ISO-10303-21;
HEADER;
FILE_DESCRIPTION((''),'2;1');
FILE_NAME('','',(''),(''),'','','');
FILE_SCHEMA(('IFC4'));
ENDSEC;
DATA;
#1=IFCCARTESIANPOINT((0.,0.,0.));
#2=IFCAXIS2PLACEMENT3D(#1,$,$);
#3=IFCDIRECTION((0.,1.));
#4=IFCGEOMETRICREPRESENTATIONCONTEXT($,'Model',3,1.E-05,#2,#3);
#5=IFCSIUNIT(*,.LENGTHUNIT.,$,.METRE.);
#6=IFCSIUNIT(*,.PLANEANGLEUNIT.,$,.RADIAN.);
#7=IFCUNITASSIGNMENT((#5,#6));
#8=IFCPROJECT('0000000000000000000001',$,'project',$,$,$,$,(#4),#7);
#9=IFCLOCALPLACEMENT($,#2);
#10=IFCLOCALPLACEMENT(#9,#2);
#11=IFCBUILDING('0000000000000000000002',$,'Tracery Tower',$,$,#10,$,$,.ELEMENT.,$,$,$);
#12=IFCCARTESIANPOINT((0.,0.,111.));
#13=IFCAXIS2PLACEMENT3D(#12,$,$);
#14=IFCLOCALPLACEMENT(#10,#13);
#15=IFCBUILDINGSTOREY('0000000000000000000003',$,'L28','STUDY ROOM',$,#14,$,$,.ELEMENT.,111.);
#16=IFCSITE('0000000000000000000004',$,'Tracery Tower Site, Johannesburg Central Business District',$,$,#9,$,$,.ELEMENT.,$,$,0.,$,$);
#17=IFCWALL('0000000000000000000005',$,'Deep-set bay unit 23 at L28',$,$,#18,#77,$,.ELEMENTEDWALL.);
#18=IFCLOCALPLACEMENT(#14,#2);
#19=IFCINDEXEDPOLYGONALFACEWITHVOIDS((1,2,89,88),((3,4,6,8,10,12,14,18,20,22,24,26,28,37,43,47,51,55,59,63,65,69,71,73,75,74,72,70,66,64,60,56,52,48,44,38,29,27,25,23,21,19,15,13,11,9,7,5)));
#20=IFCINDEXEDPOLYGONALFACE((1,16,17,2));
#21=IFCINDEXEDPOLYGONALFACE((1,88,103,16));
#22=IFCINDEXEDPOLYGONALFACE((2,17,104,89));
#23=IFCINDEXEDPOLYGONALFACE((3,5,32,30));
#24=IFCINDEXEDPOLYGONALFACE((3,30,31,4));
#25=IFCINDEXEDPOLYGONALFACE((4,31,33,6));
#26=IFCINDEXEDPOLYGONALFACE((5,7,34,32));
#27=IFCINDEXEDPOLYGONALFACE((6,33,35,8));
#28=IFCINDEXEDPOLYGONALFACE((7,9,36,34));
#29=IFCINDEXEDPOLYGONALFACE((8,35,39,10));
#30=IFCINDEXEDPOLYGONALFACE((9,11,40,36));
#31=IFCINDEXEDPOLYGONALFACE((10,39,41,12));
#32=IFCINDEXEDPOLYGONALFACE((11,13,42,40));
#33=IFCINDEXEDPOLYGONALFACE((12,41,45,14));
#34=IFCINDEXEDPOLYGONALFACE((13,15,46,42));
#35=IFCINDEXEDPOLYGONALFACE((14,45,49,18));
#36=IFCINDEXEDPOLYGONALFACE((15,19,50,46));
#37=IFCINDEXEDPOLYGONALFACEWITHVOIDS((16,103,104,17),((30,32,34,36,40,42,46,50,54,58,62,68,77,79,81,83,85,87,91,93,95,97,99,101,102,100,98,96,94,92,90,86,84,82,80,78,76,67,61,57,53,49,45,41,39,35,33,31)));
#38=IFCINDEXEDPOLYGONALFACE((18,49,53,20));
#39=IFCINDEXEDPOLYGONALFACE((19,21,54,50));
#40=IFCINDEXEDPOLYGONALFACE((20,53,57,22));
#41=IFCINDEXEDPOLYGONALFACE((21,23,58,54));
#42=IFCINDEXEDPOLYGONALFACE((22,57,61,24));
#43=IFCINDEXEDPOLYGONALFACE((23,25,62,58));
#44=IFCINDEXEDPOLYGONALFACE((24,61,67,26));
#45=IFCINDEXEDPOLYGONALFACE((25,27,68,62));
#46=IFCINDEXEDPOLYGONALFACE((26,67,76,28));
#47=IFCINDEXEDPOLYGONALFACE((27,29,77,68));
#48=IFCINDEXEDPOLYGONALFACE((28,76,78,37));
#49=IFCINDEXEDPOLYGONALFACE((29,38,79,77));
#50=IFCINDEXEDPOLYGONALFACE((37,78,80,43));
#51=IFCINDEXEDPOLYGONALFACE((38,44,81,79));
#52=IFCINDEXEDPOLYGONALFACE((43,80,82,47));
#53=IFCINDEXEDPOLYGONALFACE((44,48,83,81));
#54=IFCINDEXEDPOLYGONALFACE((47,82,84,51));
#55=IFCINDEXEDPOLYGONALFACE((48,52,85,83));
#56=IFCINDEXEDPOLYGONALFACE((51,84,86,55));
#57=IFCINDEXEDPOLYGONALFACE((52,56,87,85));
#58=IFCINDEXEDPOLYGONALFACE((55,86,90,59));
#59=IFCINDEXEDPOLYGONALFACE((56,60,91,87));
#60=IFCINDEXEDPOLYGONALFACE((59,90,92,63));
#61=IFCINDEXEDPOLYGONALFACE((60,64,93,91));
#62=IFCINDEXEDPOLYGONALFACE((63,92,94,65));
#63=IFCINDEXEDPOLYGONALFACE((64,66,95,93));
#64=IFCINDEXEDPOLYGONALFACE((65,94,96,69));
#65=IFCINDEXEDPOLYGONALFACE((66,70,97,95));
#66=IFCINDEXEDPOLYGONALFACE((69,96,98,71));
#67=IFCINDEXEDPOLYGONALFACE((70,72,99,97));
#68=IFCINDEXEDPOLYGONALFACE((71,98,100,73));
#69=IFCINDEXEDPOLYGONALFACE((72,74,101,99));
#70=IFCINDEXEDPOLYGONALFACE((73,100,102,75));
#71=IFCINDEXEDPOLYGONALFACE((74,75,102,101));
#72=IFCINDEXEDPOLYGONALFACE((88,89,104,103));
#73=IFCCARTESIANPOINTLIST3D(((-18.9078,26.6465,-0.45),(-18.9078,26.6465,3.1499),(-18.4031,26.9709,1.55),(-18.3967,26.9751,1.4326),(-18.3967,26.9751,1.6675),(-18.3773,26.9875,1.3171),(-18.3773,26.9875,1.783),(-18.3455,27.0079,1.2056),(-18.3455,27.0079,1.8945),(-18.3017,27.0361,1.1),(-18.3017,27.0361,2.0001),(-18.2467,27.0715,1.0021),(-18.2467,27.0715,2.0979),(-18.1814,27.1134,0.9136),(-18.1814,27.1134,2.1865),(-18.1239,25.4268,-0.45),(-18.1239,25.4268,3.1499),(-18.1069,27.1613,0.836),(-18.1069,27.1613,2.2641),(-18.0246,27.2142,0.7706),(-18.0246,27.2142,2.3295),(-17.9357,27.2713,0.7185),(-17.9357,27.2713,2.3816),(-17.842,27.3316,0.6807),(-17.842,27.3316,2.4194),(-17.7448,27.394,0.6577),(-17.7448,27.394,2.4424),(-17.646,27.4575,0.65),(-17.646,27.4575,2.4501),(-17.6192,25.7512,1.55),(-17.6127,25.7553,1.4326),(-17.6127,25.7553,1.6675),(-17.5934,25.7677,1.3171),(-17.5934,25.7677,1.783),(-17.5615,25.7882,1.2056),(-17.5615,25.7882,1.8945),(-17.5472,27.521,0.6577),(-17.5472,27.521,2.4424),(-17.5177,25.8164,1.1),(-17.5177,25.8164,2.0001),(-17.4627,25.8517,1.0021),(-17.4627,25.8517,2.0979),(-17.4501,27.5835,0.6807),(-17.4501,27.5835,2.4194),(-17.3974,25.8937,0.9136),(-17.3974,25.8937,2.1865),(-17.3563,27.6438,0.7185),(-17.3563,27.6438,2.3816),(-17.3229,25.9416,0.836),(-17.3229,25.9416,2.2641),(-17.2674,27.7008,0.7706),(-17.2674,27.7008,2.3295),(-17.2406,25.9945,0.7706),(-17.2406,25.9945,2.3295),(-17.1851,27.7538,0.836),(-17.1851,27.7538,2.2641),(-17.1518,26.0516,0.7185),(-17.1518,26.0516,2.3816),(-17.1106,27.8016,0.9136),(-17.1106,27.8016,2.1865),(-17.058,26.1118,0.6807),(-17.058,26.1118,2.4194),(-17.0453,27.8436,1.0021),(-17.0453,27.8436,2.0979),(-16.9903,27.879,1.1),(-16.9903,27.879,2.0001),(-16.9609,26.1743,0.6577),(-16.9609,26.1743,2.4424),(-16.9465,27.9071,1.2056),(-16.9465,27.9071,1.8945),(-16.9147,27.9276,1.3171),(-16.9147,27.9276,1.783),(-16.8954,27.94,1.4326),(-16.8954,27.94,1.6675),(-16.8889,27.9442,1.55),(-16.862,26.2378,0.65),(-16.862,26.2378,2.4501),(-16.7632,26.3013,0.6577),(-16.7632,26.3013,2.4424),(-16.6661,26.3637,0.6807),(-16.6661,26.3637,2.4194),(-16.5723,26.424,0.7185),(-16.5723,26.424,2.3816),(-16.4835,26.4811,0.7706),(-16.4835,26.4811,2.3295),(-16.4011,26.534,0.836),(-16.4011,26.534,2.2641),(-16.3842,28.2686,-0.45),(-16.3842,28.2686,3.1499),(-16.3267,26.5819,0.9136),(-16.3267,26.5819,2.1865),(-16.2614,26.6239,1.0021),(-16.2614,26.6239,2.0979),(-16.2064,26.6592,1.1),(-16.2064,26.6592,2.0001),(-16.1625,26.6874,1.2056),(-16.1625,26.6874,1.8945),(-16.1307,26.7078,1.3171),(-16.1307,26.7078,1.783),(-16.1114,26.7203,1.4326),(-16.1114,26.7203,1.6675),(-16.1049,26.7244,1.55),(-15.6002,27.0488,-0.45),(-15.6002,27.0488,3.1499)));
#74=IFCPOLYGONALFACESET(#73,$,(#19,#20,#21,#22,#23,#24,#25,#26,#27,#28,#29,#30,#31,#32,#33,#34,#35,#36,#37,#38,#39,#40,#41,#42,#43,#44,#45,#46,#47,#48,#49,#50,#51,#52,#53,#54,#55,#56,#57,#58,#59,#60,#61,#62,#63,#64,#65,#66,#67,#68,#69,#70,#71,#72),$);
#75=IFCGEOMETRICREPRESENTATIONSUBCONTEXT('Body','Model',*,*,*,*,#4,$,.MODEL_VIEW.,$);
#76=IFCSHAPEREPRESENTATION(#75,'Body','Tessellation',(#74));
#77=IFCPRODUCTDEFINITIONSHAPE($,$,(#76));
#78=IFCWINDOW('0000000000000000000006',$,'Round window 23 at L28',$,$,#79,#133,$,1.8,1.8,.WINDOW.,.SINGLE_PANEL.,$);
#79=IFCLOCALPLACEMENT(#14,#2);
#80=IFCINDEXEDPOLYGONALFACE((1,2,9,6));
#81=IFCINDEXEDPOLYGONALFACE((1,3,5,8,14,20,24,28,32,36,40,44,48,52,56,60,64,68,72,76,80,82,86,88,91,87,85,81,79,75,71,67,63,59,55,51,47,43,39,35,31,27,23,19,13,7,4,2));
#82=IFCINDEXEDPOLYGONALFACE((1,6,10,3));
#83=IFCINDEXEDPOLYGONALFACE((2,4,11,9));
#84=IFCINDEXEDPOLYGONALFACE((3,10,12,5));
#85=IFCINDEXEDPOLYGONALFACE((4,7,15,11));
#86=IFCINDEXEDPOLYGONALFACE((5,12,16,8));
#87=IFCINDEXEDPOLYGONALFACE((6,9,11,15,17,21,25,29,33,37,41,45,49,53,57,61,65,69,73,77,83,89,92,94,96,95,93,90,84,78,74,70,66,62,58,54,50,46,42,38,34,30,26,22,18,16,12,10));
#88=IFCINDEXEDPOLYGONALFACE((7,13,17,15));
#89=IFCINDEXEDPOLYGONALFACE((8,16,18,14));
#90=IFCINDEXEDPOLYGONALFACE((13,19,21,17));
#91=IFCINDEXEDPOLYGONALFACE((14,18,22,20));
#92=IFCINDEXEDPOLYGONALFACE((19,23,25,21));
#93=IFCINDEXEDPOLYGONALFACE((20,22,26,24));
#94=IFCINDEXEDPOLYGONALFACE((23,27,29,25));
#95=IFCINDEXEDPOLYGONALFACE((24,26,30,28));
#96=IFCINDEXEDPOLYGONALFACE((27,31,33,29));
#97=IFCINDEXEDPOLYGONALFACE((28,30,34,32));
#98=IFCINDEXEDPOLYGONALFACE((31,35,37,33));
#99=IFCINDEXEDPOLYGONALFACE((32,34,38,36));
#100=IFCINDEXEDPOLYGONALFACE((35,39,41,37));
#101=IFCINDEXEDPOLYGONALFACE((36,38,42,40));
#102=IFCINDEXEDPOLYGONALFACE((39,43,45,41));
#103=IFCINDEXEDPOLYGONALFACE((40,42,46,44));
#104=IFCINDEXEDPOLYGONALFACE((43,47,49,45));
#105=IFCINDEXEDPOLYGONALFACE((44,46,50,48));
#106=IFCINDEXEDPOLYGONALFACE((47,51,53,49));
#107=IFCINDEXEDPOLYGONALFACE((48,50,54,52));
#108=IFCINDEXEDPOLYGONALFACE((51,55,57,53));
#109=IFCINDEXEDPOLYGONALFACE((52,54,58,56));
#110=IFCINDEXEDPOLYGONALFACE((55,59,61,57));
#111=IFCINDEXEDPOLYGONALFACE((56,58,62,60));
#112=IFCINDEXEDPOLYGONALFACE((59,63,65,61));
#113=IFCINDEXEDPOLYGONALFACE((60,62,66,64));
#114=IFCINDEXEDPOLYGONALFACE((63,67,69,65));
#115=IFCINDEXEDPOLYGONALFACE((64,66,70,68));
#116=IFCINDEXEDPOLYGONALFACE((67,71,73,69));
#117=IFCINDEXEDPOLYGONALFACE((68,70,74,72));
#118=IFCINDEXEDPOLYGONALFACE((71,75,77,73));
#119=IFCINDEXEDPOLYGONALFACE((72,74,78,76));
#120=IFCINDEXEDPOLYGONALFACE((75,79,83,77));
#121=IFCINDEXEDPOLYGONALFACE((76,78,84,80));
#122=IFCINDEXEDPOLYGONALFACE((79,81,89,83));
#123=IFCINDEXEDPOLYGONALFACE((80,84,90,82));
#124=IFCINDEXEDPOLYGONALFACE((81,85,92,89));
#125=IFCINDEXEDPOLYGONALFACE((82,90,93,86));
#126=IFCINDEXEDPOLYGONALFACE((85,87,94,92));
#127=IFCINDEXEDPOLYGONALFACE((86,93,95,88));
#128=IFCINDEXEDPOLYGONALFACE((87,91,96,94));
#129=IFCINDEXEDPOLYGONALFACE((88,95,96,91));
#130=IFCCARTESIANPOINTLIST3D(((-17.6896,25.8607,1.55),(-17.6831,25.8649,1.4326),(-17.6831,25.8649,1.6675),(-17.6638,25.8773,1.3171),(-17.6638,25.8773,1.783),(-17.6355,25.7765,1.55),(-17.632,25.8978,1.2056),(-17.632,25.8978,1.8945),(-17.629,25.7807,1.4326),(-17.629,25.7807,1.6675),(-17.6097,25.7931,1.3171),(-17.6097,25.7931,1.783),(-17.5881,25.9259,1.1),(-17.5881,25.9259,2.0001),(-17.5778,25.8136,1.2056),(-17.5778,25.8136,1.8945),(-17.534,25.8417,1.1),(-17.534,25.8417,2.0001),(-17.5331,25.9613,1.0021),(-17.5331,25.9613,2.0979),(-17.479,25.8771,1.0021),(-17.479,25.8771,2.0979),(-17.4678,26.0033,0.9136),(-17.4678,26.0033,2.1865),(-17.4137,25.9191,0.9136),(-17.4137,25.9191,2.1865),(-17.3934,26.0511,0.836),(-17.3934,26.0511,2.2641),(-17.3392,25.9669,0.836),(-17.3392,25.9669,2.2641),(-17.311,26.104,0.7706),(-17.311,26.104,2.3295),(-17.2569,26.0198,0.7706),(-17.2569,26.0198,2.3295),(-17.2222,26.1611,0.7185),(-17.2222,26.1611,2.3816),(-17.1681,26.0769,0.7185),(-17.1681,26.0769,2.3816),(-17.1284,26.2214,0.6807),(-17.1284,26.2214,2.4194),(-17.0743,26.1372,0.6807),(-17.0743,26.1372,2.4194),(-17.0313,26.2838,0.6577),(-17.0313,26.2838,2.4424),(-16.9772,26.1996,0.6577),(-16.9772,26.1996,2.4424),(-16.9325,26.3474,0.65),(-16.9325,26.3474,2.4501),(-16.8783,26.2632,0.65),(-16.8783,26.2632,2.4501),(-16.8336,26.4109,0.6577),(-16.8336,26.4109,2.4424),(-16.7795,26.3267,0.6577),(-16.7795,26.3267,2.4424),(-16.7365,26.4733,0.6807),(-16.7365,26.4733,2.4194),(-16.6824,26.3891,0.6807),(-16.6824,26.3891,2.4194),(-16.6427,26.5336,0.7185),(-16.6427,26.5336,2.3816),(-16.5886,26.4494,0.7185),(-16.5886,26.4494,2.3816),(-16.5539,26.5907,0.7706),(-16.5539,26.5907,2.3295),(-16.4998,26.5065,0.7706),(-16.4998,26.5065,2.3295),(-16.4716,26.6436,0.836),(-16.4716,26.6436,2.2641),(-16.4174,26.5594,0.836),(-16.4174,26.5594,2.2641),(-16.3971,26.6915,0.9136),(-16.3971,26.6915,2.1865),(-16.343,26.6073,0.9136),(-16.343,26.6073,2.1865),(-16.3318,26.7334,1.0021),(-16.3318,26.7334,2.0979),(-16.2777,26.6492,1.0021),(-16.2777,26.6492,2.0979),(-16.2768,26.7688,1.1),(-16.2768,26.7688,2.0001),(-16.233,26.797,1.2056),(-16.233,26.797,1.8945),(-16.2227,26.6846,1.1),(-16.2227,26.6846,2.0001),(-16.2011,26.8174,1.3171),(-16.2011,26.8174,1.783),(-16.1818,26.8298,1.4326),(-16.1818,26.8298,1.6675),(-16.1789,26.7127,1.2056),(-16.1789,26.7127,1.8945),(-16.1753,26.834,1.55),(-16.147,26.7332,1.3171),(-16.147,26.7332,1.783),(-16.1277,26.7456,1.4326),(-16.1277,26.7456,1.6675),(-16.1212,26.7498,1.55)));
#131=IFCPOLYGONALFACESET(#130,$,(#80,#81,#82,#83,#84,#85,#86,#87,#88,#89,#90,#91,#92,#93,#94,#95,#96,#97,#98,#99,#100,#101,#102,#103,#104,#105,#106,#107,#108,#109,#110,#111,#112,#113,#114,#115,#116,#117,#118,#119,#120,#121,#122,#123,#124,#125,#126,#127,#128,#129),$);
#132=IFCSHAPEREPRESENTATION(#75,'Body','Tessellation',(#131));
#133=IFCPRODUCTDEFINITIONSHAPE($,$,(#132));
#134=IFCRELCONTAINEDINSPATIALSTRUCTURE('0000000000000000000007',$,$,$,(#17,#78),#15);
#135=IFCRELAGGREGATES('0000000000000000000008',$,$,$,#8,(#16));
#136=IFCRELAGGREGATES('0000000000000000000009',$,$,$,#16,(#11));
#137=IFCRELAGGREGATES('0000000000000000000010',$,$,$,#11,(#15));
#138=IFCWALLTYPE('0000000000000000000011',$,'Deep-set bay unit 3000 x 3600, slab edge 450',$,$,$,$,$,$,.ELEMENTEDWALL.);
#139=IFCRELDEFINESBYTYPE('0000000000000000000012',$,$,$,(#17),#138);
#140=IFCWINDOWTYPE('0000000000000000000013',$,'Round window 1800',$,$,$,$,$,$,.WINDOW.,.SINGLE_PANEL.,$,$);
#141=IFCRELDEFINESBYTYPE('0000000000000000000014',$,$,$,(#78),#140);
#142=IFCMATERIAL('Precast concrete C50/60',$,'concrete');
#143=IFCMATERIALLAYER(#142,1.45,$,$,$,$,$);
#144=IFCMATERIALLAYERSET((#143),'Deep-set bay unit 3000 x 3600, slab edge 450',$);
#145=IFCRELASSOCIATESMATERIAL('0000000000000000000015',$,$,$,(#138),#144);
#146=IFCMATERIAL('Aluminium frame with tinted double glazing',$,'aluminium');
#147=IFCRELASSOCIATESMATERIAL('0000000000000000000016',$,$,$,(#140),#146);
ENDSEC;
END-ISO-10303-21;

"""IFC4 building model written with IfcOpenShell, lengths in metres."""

from ifc_helpers import new_model, si_unit, direction, frame, frame_2d, origin, origin_2d, place, context, subcontext, project, spatial, rectangle, circle, extrude, material, layer, layer_set, type_object, element, fill, save


model = new_model("IFC4")

# Units and contexts
model_context = context("Model", 3, precision=1e-05, world=origin(), true_north=direction((0.0, 1.0)))
body_context = subcontext(model_context, "Body", "Model", "MODEL_VIEW")
ifc_project = project(units=[si_unit("LENGTHUNIT", "METRE"), si_unit("PLANEANGLEUNIT", "RADIAN")], contexts=[model_context])

# Site, building, storey
site_placement = place(None, origin())
site = spatial("IfcSite", under=ifc_project, at=site_placement, Name="Tracery Tower Site, Johannesburg Central Business District", CompositionType="ELEMENT", RefElevation=0.0)
building_placement = place(site_placement, origin())
building = spatial("IfcBuilding", under=site, at=building_placement, Name="Tracery Tower", CompositionType="ELEMENT")
storey_placement = place(building_placement, frame((0.0, 0.0, 111.0)))
storey = spatial("IfcBuildingStorey", under=building, at=storey_placement, Name="L28", Description="STUDY ROOM", CompositionType="ELEMENT", Elevation=111.0)

# Wall, opening, window
ifc_material_1 = material(Name="Precast concrete C50/60", Category="concrete")
ifc_layer_1 = layer(ifc_material_1, 1.45)
ifc_layer_set_1 = layer_set([ifc_layer_1], Name="Deep-set bay unit 3000 x 3600, slab edge 450")
wall_type_1 = type_object("IfcWallType", Name="Deep-set bay unit 3000 x 3600, slab edge 450", PredefinedType="ELEMENTEDWALL", material=ifc_layer_set_1)
wall_1_placement = place(storey_placement, frame((-15.9922, 27.6587, -0.45), z_axis=(0.0, 0.0, 1.0), x_axis=(-0.841223, -0.540688, 0.0)))
wall_1 = element("IfcWall", 1, at=wall_1_placement, inside=storey, type_object=wall_type_1, Name="Deep-set bay unit 23 at L28", PredefinedType="ELEMENTEDWALL", context=body_context, shape_type="SweptSolid", body=[
    extrude(rectangle(XDim=3.0, YDim=1.45, at=frame_2d((1.5, 0.0))), origin(), (0.0, 0.0, 1.0), 3.5999),
])
opening_1_placement = place(wall_1_placement, frame((1.5, 0.0, 2.0)))
opening_1 = element("IfcOpeningElement", 2, at=opening_1_placement, cuts=wall_1, PredefinedType="OPENING", context=body_context, shape_type="SweptSolid", body=[
    extrude(circle(Radius=0.9, at=origin_2d()), frame((0.0, 0.7349, 0.0), z_axis=(0.0, -1.0, 0.0), x_axis=(1.0, 0.0, 0.0)), (0.0, 0.0, 1.0), 1.47),
])
ifc_material_2 = material(Name="Aluminium frame with tinted double glazing", Category="aluminium")
window_type = type_object("IfcWindowType", Name="Round window 1800", PartitioningType="SINGLE_PANEL", PredefinedType="WINDOW", material=ifc_material_2)
window_1_placement = place(opening_1_placement, origin())
window_1 = element("IfcWindow", 3, at=window_1_placement, inside=storey, type_object=window_type, Name="Round window 23 at L28", OverallHeight=1.8, OverallWidth=1.8, PartitioningType="SINGLE_PANEL", PredefinedType="WINDOW", context=body_context, shape_type="SweptSolid", body=[
    extrude(circle(Radius=0.9, at=origin_2d()), frame((0.0, 0.6948, 0.0), z_axis=(0.0, -1.0, 0.0), x_axis=(1.0, 0.0, 0.0)), (0.0, 0.0, 1.0), 0.1001),
])
fill(opening_1, window_1)

save(model, "model.ifc")
